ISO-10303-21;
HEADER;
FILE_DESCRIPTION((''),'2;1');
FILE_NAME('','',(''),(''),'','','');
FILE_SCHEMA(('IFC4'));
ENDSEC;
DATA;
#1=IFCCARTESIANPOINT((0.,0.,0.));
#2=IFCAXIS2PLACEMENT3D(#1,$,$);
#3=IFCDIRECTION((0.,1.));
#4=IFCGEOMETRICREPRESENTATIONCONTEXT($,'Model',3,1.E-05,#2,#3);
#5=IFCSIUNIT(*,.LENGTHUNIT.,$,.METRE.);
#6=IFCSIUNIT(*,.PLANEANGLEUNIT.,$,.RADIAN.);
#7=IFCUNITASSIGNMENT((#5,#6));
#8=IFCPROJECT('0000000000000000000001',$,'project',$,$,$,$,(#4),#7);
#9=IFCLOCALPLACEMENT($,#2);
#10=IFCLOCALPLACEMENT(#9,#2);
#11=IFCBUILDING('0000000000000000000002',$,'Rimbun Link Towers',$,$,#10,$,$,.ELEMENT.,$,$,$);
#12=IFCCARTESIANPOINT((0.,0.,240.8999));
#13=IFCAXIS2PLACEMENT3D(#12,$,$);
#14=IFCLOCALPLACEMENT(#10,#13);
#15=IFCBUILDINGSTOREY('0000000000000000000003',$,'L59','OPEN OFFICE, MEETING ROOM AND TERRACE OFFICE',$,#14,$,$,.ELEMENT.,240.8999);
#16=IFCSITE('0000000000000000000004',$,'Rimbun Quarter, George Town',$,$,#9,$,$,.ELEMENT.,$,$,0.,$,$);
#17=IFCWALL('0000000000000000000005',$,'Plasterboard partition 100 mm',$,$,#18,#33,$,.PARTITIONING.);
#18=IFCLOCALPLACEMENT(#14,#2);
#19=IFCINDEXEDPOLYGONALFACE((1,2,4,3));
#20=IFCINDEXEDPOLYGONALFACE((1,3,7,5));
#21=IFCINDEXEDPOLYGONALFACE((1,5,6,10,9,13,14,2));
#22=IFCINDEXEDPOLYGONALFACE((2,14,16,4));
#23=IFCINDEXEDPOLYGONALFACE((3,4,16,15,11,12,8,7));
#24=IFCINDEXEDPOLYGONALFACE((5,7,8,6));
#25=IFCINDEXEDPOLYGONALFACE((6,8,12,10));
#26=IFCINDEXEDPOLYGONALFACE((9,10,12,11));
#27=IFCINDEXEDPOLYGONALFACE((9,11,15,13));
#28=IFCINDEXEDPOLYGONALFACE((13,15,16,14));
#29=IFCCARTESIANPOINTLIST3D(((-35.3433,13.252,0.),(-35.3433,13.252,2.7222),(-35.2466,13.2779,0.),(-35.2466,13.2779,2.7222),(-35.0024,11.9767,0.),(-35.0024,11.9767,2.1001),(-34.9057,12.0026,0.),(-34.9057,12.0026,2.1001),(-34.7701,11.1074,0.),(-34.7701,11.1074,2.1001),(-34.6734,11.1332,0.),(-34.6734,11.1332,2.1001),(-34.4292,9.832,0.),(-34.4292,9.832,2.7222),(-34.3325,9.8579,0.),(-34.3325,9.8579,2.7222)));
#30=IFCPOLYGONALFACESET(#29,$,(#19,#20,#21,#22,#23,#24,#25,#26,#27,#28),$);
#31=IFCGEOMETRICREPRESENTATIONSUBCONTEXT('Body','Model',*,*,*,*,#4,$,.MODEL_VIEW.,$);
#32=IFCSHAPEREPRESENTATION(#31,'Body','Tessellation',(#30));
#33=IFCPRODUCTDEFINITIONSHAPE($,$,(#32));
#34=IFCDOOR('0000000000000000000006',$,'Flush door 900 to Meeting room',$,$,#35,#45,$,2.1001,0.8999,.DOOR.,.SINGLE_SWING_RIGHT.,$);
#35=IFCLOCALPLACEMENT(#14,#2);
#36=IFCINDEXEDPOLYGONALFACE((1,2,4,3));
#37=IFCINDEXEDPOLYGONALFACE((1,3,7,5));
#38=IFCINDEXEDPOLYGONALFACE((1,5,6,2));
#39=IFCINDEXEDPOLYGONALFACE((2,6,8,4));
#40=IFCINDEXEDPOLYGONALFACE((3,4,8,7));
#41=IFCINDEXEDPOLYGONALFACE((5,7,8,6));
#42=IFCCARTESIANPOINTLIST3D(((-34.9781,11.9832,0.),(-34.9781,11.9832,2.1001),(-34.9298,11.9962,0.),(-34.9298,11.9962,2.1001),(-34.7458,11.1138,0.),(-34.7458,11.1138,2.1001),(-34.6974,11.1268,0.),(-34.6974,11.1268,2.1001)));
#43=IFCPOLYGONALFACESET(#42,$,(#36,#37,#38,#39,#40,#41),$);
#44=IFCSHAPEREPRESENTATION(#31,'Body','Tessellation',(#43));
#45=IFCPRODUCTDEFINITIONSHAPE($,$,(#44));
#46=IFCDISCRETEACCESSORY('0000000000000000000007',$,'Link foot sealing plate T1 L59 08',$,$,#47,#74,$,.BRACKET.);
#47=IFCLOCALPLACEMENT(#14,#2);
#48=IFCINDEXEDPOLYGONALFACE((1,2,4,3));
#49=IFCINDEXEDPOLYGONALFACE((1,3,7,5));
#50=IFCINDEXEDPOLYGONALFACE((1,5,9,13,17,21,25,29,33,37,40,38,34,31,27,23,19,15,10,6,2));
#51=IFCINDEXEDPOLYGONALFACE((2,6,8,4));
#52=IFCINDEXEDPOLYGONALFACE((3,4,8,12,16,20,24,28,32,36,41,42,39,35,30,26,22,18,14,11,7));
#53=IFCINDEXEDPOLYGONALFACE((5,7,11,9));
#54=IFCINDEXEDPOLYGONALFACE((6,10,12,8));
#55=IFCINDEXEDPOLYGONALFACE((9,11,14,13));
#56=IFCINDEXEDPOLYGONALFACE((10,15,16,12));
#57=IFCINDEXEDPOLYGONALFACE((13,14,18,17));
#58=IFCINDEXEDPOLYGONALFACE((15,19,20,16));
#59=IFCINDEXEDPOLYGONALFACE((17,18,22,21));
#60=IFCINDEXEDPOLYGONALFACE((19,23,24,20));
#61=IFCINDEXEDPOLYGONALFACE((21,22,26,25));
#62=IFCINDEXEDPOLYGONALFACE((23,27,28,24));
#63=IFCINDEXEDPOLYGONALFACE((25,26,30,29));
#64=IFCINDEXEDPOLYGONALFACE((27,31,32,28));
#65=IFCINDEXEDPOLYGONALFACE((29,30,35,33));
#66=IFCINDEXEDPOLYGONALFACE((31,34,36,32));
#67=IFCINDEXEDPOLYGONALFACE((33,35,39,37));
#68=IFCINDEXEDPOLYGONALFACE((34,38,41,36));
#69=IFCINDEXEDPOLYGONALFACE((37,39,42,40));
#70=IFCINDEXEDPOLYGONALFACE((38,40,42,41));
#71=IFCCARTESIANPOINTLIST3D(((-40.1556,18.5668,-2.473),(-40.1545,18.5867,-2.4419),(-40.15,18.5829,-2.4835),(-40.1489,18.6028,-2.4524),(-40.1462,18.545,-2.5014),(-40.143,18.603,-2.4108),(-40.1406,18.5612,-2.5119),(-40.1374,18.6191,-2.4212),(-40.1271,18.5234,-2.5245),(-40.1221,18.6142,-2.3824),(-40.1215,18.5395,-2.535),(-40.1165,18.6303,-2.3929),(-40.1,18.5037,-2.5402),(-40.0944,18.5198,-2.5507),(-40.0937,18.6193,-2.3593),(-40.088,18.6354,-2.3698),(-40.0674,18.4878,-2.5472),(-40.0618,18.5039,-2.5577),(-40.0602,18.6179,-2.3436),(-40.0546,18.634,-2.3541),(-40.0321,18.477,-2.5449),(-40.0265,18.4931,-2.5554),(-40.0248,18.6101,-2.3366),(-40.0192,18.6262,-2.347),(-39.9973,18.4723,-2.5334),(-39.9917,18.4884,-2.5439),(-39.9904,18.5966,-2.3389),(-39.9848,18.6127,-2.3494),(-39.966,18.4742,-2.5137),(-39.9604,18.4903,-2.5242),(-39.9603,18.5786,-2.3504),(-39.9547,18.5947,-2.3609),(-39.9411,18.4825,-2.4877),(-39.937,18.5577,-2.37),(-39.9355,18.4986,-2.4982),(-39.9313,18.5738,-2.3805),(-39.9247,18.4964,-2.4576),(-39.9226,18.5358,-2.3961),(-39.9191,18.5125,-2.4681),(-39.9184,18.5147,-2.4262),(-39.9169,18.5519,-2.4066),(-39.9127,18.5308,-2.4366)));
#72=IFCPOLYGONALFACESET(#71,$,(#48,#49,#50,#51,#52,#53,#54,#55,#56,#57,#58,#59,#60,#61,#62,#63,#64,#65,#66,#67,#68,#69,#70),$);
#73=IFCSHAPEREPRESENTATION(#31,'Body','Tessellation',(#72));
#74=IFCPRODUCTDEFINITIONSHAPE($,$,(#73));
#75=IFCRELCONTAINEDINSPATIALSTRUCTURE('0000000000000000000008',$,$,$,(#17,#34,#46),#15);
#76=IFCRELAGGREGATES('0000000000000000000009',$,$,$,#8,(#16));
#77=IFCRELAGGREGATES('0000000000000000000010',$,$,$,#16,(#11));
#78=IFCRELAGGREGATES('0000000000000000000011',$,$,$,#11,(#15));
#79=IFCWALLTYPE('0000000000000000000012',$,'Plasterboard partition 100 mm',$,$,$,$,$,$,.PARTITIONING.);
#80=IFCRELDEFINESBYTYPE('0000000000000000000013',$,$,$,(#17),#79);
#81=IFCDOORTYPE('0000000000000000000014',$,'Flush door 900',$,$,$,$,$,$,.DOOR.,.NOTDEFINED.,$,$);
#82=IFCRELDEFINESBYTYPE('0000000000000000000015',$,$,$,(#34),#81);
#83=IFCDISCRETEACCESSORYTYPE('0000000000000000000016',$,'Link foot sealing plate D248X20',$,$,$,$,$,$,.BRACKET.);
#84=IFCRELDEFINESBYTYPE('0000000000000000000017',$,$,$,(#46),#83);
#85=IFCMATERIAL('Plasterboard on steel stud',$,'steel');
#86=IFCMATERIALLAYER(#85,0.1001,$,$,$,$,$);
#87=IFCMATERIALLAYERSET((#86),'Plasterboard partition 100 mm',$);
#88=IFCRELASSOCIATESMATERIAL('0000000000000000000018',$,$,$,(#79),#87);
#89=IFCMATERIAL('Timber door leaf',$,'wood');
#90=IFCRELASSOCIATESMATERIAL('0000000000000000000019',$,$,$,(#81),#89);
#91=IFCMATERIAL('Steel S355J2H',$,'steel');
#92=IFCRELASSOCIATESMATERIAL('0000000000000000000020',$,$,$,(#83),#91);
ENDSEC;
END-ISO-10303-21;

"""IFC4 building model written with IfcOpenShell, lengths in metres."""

from ifc_helpers import new_model, si_unit, direction, frame, frame_2d, origin, origin_2d, place, context, subcontext, project, spatial, rectangle, circle, extrude, material, layer, layer_set, material_profile, profile_set, type_object, element, fill, save


model = new_model("IFC4")

# Units and contexts
model_context = context("Model", 3, precision=1e-05, world=origin(), true_north=direction((0.0, 1.0)))
body_context = subcontext(model_context, "Body", "Model", "MODEL_VIEW")
ifc_project = project(units=[si_unit("LENGTHUNIT", "METRE"), si_unit("PLANEANGLEUNIT", "RADIAN")], contexts=[model_context])

# Site, building, storey
site_placement = place(None, origin())
site = spatial("IfcSite", under=ifc_project, at=site_placement, Name="Rimbun Quarter, George Town", CompositionType="ELEMENT", RefElevation=0.0)
building_placement = place(site_placement, origin())
building = spatial("IfcBuilding", under=site, at=building_placement, Name="Rimbun Link Towers", CompositionType="ELEMENT")
storey_placement = place(building_placement, frame((0.0, 0.0, 240.8999)))
storey = spatial("IfcBuildingStorey", under=building, at=storey_placement, Name="L59", Description="OPEN OFFICE, MEETING ROOM AND TERRACE OFFICE", CompositionType="ELEMENT", Elevation=240.8999)

# Wall, opening, door
ifc_material_1 = material(Name="Plasterboard on steel stud", Category="steel")
ifc_layer_1 = layer(ifc_material_1, 0.1001)
ifc_layer_set_1 = layer_set([ifc_layer_1], Name="Plasterboard partition 100 mm")
wall_type = type_object("IfcWallType", Name="Plasterboard partition 100 mm", PredefinedType="PARTITIONING", material=ifc_layer_set_1)
wall_placement = place(storey_placement, frame((-34.3809, 9.845, 0.0), z_axis=(0.0, 0.0, 1.0), x_axis=(-0.258212, 0.966088, 0.0)))
wall = element("IfcWall", 1, at=wall_placement, inside=storey, type_object=wall_type, Name="Plasterboard partition 100 mm", PredefinedType="PARTITIONING", context=body_context, shape_type="SweptSolid", body=[
    extrude(rectangle(XDim=3.54, YDim=0.1001, at=frame_2d((1.77, 0.0))), origin(), (0.0, 0.0, 1.0), 2.7222),
])
opening_placement = place(wall_placement, frame((1.3201, 0.0, 0.0)))
opening = element("IfcOpeningElement", 2, at=opening_placement, cuts=wall, PredefinedType="OPENING", context=body_context, shape_type="SweptSolid", body=[
    extrude(rectangle(XDim=0.8999, YDim=2.1001, at=frame_2d((0.45, 1.05))), frame((0.0, 0.0601, 0.0), z_axis=(0.0, -1.0, 0.0), x_axis=(1.0, 0.0, 0.0)), (0.0, 0.0, 1.0), 0.1201),
])
ifc_material_2 = material(Name="Timber door leaf", Category="wood")
door_type = type_object("IfcDoorType", Name="Flush door 900", OperationType="NOTDEFINED", PredefinedType="DOOR", material=ifc_material_2)
door_placement = place(opening_placement, origin())
door = element("IfcDoor", 3, at=door_placement, inside=storey, type_object=door_type, Name="Flush door 900 to Meeting room", OperationType="SINGLE_SWING_RIGHT", OverallHeight=2.1001, OverallWidth=0.8999, PredefinedType="DOOR", context=body_context, shape_type="SweptSolid", body=[
    extrude(rectangle(XDim=0.8999, YDim=2.1001, at=frame_2d((0.45, 1.05))), frame((0.0, 0.0249, 0.0), z_axis=(0.0, -1.0, 0.0), x_axis=(1.0, 0.0, 0.0)), (0.0, 0.0, 1.0), 0.05),
])
fill(opening, door)

# Discrete accessory
ifc_material_3 = material(Name="Steel S355J2H", Category="steel")
ifc_material_profile_1 = material_profile(ifc_material_3, circle(Radius=0.124, at=origin_2d()), Name="PL D248")
ifc_profile_set_1 = profile_set([ifc_material_profile_1], Name="Steel S355J2H")
discrete_accessory_type = type_object("IfcDiscreteAccessoryType", Name="Link foot sealing plate D248X20", PredefinedType="BRACKET", material=ifc_profile_set_1)
discrete_accessory_placement = place(storey_placement, frame((-40.0374, 18.5459, -2.4419), z_axis=(0.280279, 0.80428, -0.524001), x_axis=(-0.944304, 0.329076, 0.0)))
element("IfcDiscreteAccessory", 4, at=discrete_accessory_placement, inside=storey, type_object=discrete_accessory_type, Name="Link foot sealing plate T1 L59 08", PredefinedType="BRACKET", context=body_context, shape_type="SweptSolid", body=[
    extrude(circle(Radius=0.124, at=origin_2d()), origin(), (0.0, 0.0, 1.0), 0.02),
])

save(model, "model.ifc")
